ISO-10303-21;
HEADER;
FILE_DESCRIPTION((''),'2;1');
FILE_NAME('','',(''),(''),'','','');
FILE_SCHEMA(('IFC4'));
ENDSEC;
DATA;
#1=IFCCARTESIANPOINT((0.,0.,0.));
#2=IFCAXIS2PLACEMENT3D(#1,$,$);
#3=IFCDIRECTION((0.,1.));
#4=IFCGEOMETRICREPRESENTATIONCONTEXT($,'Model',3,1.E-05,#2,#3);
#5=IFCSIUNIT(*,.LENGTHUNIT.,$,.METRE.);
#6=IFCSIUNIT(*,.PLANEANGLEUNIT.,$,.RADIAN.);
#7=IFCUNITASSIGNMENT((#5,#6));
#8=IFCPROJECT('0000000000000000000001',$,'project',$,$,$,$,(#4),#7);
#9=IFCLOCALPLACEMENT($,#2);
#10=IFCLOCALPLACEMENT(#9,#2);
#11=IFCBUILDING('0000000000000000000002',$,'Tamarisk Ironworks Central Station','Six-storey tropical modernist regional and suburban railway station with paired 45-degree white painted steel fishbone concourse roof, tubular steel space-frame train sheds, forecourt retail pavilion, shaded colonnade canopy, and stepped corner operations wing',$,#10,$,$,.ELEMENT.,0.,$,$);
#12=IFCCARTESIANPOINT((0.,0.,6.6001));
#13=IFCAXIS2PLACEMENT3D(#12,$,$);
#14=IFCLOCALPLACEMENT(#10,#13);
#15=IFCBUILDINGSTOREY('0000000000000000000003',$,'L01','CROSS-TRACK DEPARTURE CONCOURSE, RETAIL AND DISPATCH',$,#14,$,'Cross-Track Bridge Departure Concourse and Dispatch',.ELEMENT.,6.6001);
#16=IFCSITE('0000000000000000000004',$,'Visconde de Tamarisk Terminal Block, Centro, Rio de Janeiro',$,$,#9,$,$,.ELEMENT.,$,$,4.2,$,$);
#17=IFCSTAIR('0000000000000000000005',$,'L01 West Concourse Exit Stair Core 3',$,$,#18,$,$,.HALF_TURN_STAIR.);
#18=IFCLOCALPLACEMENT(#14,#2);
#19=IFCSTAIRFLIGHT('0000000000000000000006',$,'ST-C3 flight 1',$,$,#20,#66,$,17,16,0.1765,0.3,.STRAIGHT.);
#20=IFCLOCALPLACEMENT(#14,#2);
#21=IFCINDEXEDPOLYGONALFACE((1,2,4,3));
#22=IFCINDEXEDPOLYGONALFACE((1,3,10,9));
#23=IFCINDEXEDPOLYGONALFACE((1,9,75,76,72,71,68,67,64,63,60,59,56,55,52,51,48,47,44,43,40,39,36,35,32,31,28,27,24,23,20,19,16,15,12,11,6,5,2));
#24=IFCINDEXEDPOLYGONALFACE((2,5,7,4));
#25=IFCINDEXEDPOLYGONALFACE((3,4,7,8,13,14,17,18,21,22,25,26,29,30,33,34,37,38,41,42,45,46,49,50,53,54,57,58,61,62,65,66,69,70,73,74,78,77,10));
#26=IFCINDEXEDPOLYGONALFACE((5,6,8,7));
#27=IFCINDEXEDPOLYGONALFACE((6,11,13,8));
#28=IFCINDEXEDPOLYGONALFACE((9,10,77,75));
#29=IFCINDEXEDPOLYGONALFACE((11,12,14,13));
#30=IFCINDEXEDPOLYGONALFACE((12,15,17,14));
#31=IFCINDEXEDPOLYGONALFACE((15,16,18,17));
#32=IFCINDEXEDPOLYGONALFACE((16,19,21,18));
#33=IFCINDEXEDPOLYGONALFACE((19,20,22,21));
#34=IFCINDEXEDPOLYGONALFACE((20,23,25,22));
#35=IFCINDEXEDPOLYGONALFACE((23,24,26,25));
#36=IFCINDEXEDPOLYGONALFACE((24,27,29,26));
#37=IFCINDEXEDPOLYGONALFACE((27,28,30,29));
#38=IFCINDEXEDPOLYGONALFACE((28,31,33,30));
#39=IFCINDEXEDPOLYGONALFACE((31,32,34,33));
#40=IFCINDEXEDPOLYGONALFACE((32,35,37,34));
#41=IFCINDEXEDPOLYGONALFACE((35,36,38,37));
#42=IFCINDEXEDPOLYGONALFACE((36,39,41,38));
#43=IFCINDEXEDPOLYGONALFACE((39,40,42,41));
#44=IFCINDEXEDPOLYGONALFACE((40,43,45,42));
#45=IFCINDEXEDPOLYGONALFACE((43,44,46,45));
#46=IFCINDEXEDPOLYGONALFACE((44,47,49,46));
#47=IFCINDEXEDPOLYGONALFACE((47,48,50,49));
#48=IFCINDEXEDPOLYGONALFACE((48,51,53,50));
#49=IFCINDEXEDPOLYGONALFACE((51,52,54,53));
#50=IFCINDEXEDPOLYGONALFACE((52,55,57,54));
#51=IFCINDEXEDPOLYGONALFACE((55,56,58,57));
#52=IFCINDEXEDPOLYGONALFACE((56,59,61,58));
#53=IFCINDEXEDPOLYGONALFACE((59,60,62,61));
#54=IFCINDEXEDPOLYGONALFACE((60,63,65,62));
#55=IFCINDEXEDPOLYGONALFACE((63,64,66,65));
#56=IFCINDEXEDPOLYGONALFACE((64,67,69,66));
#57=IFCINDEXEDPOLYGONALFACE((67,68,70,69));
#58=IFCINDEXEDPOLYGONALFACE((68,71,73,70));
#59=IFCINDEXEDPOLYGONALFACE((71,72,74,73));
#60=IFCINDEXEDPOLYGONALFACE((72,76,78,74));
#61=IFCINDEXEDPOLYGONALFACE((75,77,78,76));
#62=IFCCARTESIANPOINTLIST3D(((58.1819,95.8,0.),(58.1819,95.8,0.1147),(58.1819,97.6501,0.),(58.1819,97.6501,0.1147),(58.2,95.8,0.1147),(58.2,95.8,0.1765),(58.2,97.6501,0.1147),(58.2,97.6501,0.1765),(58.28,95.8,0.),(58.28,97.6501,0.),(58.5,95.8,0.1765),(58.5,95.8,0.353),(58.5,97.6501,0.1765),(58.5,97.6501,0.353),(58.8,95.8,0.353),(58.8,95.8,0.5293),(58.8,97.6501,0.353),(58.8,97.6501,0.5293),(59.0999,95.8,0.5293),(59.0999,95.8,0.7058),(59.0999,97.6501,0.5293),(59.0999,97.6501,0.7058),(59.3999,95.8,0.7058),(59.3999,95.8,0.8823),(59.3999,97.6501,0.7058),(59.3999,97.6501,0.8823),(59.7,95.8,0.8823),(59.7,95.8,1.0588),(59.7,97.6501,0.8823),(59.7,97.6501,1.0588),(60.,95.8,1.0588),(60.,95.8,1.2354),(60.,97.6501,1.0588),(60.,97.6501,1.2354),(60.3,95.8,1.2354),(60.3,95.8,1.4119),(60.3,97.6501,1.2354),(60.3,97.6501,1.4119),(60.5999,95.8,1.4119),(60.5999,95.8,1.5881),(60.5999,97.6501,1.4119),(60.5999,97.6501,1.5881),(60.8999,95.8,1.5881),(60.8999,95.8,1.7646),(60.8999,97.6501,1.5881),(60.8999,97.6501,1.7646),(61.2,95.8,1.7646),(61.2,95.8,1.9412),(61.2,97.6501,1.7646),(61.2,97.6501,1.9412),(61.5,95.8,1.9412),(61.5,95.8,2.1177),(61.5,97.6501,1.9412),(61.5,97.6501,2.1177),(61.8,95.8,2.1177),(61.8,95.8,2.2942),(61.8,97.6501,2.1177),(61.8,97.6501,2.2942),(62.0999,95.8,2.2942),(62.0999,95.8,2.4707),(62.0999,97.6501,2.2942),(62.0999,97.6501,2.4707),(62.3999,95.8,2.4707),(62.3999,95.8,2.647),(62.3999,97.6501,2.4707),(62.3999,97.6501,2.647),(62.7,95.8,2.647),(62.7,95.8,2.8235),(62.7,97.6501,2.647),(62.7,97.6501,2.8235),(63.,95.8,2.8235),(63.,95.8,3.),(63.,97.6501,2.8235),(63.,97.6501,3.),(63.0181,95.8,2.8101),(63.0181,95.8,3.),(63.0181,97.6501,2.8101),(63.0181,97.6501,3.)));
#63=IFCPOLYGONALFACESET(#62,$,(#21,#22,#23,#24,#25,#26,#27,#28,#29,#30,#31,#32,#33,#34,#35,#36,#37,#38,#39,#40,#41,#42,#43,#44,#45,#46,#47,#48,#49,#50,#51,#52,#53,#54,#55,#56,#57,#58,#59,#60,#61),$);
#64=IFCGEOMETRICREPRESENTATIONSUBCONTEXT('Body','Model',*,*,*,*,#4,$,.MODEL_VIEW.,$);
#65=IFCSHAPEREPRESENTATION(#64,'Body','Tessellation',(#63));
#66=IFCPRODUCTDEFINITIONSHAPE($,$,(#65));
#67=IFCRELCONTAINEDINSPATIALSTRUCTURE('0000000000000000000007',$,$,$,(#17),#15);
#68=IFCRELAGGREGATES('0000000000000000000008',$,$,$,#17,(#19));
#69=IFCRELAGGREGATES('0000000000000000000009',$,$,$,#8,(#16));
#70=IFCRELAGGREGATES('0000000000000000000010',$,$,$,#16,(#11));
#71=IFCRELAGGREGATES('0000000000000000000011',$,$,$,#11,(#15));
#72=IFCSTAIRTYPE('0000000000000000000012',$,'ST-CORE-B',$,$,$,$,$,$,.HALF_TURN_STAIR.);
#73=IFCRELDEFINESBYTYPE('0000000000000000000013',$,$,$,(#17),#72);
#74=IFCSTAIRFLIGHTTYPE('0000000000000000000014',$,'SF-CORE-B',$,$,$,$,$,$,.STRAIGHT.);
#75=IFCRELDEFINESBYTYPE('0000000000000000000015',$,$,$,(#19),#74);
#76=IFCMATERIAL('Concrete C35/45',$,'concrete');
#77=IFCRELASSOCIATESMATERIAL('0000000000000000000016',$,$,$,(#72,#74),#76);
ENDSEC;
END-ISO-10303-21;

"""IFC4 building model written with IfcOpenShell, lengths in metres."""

from ifc_helpers import new_model, si_unit, direction, frame, origin, place, context, subcontext, project, spatial, polyline, outline, extrude, material, type_object, element, aggregate, save


model = new_model("IFC4")

# Units and contexts
model_context = context("Model", 3, precision=1e-05, world=origin(), true_north=direction((0.0, 1.0)))
body_context = subcontext(model_context, "Body", "Model", "MODEL_VIEW")
ifc_project = project(units=[si_unit("LENGTHUNIT", "METRE"), si_unit("PLANEANGLEUNIT", "RADIAN")], contexts=[model_context])

# Site, building, storey
site_placement = place(None, origin())
site = spatial("IfcSite", under=ifc_project, at=site_placement, Name="Visconde de Tamarisk Terminal Block, Centro, Rio de Janeiro", CompositionType="ELEMENT", RefElevation=4.2)
building_placement = place(site_placement, origin())
building = spatial("IfcBuilding", under=site, at=building_placement, Name="Tamarisk Ironworks Central Station", Description="Six-storey tropical modernist regional and suburban railway station with paired 45-degree white painted steel fishbone concourse roof, tubular steel space-frame train sheds, forecourt retail pavilion, shaded colonnade canopy, and stepped corner operations wing", CompositionType="ELEMENT", ElevationOfRefHeight=0.0)
storey_placement = place(building_placement, frame((0.0, 0.0, 6.6001)))
storey = spatial("IfcBuildingStorey", under=building, at=storey_placement, Name="L01", Description="CROSS-TRACK DEPARTURE CONCOURSE, RETAIL AND DISPATCH", LongName="Cross-Track Bridge Departure Concourse and Dispatch", CompositionType="ELEMENT", Elevation=6.6001)

# Stair, stair flight
ifc_material_1 = material(Name="Concrete C35/45", Category="concrete")
stair_type = type_object("IfcStairType", Name="ST-CORE-B", PredefinedType="HALF_TURN_STAIR", material=ifc_material_1)
stair_placement = place(storey_placement, origin())
stair = element("IfcStair", 1, at=stair_placement, inside=storey, type_object=stair_type, Name="L01 West Concourse Exit Stair Core 3", PredefinedType="HALF_TURN_STAIR")
stair_flight_type = type_object("IfcStairFlightType", Name="SF-CORE-B", PredefinedType="STRAIGHT", material=ifc_material_1)
stair_flight_placement = place(storey_placement, frame((58.2, 96.7251, 0.0), z_axis=(0.0, 0.0, 1.0), x_axis=(1.0, 0.0, 0.0)))
stair_flight = element("IfcStairFlight", 2, at=stair_flight_placement, type_object=stair_flight_type, Name="ST-C3 flight 1", NumberOfRisers=17, NumberOfTreads=16, PredefinedType="STRAIGHT", RiserHeight=0.1765, TreadLength=0.3, context=body_context, shape_type="SweptSolid", body=[
    extrude(outline(polyline([(-0.0181, 0.0), (-0.0181, 0.1147), (0.0, 0.1147), (0.0, 0.1765), (0.3, 0.1765), (0.3, 0.353), (0.6001, 0.353), (0.6001, 0.5293), (0.8999, 0.5293), (0.8999, 0.7058), (1.2, 0.7058), (1.2, 0.8823), (1.5, 0.8823), (1.5, 1.0588), (1.8, 1.0588), (1.8, 1.2354), (2.1001, 1.2354), (2.1001, 1.4119), (2.3999, 1.4119), (2.3999, 1.5881), (2.7, 1.5881), (2.7, 1.7646), (3.0, 1.7646), (3.0, 1.9412), (3.3, 1.9412), (3.3, 2.1177), (3.6001, 2.1177), (3.6001, 2.2942), (3.8999, 2.2942), (3.8999, 2.4707), (4.2, 2.4707), (4.2, 2.647), (4.5, 2.647), (4.5, 2.8235), (4.8, 2.8235), (4.8, 3.0), (4.8181, 3.0), (4.8181, 2.8101), (0.0801, 0.0), (-0.0181, 0.0)])), frame((0.0, 0.925, 0.0), z_axis=(0.0, -1.0, 0.0), x_axis=(1.0, 0.0, 0.0)), (0.0, 0.0, 1.0), 1.8501),
])
aggregate(stair, [stair_flight])

save(model, "model.ifc")
